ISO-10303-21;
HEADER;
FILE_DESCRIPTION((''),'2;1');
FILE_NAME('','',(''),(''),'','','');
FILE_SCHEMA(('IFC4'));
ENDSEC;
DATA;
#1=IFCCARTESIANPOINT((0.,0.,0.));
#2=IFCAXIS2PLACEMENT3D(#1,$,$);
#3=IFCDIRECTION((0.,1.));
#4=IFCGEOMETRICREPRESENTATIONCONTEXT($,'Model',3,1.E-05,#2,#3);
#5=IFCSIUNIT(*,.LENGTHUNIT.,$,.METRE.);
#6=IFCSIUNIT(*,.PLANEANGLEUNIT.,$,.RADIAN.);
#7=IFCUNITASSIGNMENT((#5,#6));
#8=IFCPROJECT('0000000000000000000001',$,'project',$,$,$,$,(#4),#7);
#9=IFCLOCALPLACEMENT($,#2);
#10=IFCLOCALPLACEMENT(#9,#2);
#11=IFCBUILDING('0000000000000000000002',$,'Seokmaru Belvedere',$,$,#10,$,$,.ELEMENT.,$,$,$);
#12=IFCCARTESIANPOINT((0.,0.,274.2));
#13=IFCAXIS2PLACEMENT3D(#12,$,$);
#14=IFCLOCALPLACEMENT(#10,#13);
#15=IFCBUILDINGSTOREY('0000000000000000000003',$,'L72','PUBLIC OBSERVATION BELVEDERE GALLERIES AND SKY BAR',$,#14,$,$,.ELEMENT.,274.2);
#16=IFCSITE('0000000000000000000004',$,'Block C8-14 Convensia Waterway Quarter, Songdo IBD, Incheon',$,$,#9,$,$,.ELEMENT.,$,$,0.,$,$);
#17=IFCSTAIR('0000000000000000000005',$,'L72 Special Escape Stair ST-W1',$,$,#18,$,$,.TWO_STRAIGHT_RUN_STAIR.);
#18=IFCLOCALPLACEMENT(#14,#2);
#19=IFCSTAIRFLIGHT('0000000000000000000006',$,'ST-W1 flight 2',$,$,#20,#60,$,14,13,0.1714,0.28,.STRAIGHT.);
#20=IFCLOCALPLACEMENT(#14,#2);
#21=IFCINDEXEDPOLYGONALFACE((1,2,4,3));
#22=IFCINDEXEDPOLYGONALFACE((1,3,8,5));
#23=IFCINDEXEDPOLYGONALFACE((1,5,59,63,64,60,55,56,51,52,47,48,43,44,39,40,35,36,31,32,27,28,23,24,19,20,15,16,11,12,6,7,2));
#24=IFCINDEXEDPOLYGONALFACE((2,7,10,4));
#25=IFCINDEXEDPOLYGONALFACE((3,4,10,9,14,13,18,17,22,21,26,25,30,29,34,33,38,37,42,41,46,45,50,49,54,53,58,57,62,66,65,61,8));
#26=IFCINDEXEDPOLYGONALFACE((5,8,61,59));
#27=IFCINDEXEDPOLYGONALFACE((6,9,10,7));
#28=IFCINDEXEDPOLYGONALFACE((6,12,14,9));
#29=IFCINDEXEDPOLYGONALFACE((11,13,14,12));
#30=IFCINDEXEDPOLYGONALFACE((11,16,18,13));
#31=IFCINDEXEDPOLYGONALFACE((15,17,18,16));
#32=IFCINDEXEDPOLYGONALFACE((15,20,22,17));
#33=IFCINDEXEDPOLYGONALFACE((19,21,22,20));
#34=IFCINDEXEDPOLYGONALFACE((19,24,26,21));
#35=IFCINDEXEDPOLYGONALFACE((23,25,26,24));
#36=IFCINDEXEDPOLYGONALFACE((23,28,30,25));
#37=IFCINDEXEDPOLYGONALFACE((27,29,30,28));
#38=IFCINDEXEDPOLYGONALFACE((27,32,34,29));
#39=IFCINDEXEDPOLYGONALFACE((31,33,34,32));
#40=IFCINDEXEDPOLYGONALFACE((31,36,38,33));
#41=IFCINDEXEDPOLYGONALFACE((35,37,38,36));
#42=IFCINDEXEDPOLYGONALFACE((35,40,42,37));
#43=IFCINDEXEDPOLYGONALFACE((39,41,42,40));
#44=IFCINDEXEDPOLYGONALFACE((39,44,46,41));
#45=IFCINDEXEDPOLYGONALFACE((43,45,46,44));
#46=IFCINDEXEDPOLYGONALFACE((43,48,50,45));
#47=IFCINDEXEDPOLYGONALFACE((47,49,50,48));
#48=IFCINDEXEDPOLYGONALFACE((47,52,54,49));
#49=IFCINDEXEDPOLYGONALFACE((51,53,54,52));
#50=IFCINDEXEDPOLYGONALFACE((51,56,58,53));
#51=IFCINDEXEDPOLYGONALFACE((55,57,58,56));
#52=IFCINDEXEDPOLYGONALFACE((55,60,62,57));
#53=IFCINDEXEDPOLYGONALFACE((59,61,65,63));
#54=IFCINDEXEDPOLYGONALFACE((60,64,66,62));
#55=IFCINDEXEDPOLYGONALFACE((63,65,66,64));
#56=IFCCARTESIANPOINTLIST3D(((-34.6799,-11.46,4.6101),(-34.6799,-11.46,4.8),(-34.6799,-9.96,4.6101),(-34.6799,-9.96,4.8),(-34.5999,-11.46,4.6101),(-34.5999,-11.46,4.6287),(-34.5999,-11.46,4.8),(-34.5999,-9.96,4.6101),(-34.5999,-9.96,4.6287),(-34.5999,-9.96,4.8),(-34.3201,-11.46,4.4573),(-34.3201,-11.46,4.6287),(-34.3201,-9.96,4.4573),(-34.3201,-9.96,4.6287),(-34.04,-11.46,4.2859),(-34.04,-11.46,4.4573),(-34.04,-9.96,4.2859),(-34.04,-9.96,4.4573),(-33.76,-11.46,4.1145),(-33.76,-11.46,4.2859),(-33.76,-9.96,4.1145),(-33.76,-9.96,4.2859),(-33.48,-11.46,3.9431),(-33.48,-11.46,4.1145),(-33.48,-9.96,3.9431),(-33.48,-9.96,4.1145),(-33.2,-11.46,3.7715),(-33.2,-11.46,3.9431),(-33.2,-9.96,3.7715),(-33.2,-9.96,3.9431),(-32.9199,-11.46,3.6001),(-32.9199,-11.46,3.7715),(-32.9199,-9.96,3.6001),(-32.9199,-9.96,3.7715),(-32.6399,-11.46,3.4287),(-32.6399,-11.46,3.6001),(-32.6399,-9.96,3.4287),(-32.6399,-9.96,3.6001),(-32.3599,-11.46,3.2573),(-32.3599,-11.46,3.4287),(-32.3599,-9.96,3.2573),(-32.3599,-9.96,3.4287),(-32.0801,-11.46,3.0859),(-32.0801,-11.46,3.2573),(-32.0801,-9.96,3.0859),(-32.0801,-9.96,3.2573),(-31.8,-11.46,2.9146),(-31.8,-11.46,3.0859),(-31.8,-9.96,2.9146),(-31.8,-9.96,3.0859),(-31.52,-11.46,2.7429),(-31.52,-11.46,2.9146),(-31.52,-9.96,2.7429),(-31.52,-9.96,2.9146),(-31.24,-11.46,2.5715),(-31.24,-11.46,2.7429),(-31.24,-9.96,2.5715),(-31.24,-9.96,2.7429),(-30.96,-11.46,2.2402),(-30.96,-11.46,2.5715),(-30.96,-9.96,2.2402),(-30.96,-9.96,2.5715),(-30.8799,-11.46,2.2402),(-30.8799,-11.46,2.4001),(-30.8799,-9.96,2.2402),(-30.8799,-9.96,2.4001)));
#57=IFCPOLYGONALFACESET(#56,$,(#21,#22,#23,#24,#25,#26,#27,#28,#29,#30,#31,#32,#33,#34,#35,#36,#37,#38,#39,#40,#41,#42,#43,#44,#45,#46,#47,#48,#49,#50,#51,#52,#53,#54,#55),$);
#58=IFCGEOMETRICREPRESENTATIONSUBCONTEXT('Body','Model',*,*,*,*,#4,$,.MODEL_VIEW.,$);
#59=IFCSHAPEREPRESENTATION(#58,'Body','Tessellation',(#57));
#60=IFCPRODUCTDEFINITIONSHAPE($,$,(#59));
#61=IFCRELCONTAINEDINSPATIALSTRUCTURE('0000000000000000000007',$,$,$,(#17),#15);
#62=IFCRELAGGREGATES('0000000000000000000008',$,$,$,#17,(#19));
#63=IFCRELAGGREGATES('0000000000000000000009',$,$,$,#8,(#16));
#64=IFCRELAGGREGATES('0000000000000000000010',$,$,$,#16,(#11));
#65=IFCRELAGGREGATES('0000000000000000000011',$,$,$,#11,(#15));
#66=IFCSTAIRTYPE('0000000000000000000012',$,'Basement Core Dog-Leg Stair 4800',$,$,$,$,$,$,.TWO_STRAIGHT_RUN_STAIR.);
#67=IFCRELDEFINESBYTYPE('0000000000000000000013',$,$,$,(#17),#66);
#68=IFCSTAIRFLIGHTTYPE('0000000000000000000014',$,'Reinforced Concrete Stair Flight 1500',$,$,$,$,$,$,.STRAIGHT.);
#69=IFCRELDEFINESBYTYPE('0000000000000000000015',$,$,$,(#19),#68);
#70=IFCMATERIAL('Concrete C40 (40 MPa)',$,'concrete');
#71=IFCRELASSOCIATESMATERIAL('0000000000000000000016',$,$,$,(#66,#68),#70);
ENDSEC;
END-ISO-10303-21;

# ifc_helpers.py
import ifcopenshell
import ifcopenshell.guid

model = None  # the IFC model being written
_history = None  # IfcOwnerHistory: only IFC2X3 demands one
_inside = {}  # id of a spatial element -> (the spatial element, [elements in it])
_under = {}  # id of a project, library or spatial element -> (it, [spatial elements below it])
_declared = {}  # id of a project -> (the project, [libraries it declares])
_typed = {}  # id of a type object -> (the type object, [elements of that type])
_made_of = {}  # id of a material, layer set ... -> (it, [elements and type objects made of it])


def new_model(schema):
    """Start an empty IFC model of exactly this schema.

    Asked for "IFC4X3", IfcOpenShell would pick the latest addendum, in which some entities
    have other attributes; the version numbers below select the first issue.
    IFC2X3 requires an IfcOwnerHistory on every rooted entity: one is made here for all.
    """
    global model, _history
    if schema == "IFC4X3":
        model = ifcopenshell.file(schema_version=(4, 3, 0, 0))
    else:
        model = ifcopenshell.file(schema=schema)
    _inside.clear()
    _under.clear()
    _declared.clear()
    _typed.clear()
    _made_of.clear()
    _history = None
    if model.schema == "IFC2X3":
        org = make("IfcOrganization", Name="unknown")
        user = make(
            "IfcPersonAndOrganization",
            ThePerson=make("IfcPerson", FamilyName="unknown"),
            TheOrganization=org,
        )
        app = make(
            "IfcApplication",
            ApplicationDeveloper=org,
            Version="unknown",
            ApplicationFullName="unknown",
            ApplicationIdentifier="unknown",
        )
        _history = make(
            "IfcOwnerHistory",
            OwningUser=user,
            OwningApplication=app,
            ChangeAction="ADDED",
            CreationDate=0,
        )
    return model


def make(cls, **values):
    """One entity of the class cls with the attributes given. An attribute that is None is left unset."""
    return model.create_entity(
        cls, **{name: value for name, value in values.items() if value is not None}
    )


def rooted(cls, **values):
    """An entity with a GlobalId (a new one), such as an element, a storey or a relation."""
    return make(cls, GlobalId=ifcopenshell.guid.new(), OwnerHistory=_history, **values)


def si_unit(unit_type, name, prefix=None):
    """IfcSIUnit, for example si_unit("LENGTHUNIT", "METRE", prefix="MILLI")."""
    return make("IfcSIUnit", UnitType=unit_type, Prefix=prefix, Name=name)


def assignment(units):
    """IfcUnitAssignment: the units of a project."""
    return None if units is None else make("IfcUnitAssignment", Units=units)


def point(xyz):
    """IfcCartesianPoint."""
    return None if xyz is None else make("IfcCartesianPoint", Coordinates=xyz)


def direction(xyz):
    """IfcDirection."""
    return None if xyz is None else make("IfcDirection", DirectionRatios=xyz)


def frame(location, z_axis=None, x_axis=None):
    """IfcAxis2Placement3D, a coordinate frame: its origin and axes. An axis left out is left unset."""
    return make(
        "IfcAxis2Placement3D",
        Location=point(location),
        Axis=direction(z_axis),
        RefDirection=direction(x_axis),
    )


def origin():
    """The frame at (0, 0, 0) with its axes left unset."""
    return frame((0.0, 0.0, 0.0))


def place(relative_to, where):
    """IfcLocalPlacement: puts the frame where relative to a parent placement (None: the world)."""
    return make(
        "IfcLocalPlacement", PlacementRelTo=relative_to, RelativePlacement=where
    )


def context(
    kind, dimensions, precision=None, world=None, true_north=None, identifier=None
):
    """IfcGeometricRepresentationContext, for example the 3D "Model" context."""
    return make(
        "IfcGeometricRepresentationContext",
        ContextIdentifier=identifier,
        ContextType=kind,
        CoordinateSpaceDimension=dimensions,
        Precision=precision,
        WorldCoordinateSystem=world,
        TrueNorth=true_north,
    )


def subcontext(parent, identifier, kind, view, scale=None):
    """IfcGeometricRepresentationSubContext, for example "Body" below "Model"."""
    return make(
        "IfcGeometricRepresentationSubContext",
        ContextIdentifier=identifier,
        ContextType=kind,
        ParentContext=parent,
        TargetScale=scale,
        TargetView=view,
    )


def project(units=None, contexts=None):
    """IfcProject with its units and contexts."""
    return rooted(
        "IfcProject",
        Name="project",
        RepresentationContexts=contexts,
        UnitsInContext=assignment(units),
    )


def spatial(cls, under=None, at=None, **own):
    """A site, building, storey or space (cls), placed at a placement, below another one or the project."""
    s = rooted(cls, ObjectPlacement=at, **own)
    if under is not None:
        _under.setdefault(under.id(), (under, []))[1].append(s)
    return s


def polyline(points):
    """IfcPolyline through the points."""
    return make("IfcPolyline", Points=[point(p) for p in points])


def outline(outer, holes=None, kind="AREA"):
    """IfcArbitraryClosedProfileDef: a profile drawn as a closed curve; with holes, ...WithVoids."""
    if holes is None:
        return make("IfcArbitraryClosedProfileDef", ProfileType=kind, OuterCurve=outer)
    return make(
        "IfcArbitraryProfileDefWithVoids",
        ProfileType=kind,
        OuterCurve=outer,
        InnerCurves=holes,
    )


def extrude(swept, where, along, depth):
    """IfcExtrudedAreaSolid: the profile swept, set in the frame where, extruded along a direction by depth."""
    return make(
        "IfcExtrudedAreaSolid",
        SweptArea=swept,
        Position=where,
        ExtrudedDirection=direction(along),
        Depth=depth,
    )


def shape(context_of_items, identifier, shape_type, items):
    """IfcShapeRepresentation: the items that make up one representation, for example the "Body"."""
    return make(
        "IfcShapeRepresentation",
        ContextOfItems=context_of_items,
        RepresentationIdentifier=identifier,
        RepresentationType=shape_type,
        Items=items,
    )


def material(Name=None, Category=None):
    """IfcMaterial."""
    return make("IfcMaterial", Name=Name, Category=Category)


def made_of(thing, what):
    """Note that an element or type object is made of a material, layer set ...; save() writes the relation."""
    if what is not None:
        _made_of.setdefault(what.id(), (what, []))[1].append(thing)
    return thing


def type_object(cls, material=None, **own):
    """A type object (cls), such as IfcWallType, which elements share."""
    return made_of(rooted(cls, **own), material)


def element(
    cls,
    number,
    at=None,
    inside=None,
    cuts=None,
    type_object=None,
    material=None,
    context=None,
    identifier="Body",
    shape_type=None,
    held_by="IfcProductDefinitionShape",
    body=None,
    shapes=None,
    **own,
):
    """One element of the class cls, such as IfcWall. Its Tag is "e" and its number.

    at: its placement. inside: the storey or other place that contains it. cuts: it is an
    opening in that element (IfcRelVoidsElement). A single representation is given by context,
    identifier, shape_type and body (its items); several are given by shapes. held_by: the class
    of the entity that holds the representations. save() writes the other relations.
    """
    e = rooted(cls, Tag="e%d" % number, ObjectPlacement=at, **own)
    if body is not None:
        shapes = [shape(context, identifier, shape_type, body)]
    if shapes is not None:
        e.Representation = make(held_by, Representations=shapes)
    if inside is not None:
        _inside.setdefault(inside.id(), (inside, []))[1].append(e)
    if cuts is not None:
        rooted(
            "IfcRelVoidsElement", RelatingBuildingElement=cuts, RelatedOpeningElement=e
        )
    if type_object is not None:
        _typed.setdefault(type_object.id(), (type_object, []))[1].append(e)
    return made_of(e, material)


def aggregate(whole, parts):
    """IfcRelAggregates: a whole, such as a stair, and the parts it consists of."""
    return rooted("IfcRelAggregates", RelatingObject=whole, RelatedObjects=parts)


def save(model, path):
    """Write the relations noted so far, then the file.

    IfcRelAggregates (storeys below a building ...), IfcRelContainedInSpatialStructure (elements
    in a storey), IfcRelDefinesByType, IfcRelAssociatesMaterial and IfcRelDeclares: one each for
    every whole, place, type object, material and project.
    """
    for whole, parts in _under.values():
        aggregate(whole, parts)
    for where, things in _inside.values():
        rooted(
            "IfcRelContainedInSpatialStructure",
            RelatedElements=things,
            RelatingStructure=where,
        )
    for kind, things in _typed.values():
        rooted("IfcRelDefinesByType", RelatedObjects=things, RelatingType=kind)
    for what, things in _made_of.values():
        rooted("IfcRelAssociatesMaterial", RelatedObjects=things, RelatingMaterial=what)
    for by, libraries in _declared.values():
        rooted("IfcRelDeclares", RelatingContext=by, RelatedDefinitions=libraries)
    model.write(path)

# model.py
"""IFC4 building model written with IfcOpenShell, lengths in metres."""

from ifc_helpers import new_model, si_unit, direction, frame, origin, place, context, subcontext, project, spatial, polyline, outline, extrude, material, type_object, element, aggregate, save


model = new_model("IFC4")

# Units and contexts
model_context = context("Model", 3, precision=1e-05, world=origin(), true_north=direction((0.0, 1.0)))
body_context = subcontext(model_context, "Body", "Model", "MODEL_VIEW")
ifc_project = project(units=[si_unit("LENGTHUNIT", "METRE"), si_unit("PLANEANGLEUNIT", "RADIAN")], contexts=[model_context])

# Site, building, storey
site_placement = place(None, origin())
site = spatial("IfcSite", under=ifc_project, at=site_placement, Name="Block C8-14 Convensia Waterway Quarter, Songdo IBD, Incheon", CompositionType="ELEMENT", RefElevation=0.0)
building_placement = place(site_placement, origin())
building = spatial("IfcBuilding", under=site, at=building_placement, Name="Seokmaru Belvedere", CompositionType="ELEMENT")
storey_placement = place(building_placement, frame((0.0, 0.0, 274.2)))
storey = spatial("IfcBuildingStorey", under=building, at=storey_placement, Name="L72", Description="PUBLIC OBSERVATION BELVEDERE GALLERIES AND SKY BAR", CompositionType="ELEMENT", Elevation=274.2)

# Stair, stair flight
ifc_material_1 = material(Name="Concrete C40 (40 MPa)", Category="concrete")
stair_type = type_object("IfcStairType", Name="Basement Core Dog-Leg Stair 4800", PredefinedType="TWO_STRAIGHT_RUN_STAIR", material=ifc_material_1)
stair_placement = place(storey_placement, origin())
stair = element("IfcStair", 1, at=stair_placement, inside=storey, type_object=stair_type, Name="L72 Special Escape Stair ST-W1", PredefinedType="TWO_STRAIGHT_RUN_STAIR")
stair_flight_type = type_object("IfcStairFlightType", Name="Reinforced Concrete Stair Flight 1500", PredefinedType="STRAIGHT", material=ifc_material_1)
stair_flight_placement = place(storey_placement, frame((-30.96, -10.71, 2.4001), z_axis=(0.0, 0.0, 1.0), x_axis=(-1.0, 0.0, 0.0)))
stair_flight = element("IfcStairFlight", 2, at=stair_flight_placement, type_object=stair_flight_type, Name="ST-W1 flight 2", NumberOfRisers=14, NumberOfTreads=13, PredefinedType="STRAIGHT", RiserHeight=0.1714, TreadLength=0.28, context=body_context, shape_type="SweptSolid", body=[
    extrude(outline(polyline([(-0.0801, 0.0), (0.0, 0.1714), (0.28, 0.1714), (0.28, 0.3428), (0.5601, 0.3428), (0.5601, 0.5144), (0.8401, 0.5144), (0.8401, 0.6858), (1.1201, 0.6858), (1.1201, 0.8572), (1.3999, 0.8572), (1.3999, 1.0286), (1.6799, 1.0286), (1.6799, 1.2), (1.96, 1.2), (1.96, 1.3713), (2.24, 1.3713), (2.24, 1.543), (2.52, 1.543), (2.52, 1.7144), (2.8, 1.7144), (2.8, 1.8857), (3.0801, 1.8857), (3.0801, 2.0571), (3.3601, 2.0571), (3.3601, 2.2285), (3.6399, 2.2285), (3.6399, 2.3999), (3.72, 2.3999), (3.72, 2.21), (3.6399, 2.21), (0.0, -0.1599), (-0.0801, -0.1599), (-0.0801, 0.0)])), frame((0.0, 0.75, 0.0), z_axis=(0.0, -1.0, 0.0), x_axis=(1.0, 0.0, 0.0)), (0.0, 0.0, 1.0), 1.5),
])
aggregate(stair, [stair_flight])

save(model, "model.ifc")
